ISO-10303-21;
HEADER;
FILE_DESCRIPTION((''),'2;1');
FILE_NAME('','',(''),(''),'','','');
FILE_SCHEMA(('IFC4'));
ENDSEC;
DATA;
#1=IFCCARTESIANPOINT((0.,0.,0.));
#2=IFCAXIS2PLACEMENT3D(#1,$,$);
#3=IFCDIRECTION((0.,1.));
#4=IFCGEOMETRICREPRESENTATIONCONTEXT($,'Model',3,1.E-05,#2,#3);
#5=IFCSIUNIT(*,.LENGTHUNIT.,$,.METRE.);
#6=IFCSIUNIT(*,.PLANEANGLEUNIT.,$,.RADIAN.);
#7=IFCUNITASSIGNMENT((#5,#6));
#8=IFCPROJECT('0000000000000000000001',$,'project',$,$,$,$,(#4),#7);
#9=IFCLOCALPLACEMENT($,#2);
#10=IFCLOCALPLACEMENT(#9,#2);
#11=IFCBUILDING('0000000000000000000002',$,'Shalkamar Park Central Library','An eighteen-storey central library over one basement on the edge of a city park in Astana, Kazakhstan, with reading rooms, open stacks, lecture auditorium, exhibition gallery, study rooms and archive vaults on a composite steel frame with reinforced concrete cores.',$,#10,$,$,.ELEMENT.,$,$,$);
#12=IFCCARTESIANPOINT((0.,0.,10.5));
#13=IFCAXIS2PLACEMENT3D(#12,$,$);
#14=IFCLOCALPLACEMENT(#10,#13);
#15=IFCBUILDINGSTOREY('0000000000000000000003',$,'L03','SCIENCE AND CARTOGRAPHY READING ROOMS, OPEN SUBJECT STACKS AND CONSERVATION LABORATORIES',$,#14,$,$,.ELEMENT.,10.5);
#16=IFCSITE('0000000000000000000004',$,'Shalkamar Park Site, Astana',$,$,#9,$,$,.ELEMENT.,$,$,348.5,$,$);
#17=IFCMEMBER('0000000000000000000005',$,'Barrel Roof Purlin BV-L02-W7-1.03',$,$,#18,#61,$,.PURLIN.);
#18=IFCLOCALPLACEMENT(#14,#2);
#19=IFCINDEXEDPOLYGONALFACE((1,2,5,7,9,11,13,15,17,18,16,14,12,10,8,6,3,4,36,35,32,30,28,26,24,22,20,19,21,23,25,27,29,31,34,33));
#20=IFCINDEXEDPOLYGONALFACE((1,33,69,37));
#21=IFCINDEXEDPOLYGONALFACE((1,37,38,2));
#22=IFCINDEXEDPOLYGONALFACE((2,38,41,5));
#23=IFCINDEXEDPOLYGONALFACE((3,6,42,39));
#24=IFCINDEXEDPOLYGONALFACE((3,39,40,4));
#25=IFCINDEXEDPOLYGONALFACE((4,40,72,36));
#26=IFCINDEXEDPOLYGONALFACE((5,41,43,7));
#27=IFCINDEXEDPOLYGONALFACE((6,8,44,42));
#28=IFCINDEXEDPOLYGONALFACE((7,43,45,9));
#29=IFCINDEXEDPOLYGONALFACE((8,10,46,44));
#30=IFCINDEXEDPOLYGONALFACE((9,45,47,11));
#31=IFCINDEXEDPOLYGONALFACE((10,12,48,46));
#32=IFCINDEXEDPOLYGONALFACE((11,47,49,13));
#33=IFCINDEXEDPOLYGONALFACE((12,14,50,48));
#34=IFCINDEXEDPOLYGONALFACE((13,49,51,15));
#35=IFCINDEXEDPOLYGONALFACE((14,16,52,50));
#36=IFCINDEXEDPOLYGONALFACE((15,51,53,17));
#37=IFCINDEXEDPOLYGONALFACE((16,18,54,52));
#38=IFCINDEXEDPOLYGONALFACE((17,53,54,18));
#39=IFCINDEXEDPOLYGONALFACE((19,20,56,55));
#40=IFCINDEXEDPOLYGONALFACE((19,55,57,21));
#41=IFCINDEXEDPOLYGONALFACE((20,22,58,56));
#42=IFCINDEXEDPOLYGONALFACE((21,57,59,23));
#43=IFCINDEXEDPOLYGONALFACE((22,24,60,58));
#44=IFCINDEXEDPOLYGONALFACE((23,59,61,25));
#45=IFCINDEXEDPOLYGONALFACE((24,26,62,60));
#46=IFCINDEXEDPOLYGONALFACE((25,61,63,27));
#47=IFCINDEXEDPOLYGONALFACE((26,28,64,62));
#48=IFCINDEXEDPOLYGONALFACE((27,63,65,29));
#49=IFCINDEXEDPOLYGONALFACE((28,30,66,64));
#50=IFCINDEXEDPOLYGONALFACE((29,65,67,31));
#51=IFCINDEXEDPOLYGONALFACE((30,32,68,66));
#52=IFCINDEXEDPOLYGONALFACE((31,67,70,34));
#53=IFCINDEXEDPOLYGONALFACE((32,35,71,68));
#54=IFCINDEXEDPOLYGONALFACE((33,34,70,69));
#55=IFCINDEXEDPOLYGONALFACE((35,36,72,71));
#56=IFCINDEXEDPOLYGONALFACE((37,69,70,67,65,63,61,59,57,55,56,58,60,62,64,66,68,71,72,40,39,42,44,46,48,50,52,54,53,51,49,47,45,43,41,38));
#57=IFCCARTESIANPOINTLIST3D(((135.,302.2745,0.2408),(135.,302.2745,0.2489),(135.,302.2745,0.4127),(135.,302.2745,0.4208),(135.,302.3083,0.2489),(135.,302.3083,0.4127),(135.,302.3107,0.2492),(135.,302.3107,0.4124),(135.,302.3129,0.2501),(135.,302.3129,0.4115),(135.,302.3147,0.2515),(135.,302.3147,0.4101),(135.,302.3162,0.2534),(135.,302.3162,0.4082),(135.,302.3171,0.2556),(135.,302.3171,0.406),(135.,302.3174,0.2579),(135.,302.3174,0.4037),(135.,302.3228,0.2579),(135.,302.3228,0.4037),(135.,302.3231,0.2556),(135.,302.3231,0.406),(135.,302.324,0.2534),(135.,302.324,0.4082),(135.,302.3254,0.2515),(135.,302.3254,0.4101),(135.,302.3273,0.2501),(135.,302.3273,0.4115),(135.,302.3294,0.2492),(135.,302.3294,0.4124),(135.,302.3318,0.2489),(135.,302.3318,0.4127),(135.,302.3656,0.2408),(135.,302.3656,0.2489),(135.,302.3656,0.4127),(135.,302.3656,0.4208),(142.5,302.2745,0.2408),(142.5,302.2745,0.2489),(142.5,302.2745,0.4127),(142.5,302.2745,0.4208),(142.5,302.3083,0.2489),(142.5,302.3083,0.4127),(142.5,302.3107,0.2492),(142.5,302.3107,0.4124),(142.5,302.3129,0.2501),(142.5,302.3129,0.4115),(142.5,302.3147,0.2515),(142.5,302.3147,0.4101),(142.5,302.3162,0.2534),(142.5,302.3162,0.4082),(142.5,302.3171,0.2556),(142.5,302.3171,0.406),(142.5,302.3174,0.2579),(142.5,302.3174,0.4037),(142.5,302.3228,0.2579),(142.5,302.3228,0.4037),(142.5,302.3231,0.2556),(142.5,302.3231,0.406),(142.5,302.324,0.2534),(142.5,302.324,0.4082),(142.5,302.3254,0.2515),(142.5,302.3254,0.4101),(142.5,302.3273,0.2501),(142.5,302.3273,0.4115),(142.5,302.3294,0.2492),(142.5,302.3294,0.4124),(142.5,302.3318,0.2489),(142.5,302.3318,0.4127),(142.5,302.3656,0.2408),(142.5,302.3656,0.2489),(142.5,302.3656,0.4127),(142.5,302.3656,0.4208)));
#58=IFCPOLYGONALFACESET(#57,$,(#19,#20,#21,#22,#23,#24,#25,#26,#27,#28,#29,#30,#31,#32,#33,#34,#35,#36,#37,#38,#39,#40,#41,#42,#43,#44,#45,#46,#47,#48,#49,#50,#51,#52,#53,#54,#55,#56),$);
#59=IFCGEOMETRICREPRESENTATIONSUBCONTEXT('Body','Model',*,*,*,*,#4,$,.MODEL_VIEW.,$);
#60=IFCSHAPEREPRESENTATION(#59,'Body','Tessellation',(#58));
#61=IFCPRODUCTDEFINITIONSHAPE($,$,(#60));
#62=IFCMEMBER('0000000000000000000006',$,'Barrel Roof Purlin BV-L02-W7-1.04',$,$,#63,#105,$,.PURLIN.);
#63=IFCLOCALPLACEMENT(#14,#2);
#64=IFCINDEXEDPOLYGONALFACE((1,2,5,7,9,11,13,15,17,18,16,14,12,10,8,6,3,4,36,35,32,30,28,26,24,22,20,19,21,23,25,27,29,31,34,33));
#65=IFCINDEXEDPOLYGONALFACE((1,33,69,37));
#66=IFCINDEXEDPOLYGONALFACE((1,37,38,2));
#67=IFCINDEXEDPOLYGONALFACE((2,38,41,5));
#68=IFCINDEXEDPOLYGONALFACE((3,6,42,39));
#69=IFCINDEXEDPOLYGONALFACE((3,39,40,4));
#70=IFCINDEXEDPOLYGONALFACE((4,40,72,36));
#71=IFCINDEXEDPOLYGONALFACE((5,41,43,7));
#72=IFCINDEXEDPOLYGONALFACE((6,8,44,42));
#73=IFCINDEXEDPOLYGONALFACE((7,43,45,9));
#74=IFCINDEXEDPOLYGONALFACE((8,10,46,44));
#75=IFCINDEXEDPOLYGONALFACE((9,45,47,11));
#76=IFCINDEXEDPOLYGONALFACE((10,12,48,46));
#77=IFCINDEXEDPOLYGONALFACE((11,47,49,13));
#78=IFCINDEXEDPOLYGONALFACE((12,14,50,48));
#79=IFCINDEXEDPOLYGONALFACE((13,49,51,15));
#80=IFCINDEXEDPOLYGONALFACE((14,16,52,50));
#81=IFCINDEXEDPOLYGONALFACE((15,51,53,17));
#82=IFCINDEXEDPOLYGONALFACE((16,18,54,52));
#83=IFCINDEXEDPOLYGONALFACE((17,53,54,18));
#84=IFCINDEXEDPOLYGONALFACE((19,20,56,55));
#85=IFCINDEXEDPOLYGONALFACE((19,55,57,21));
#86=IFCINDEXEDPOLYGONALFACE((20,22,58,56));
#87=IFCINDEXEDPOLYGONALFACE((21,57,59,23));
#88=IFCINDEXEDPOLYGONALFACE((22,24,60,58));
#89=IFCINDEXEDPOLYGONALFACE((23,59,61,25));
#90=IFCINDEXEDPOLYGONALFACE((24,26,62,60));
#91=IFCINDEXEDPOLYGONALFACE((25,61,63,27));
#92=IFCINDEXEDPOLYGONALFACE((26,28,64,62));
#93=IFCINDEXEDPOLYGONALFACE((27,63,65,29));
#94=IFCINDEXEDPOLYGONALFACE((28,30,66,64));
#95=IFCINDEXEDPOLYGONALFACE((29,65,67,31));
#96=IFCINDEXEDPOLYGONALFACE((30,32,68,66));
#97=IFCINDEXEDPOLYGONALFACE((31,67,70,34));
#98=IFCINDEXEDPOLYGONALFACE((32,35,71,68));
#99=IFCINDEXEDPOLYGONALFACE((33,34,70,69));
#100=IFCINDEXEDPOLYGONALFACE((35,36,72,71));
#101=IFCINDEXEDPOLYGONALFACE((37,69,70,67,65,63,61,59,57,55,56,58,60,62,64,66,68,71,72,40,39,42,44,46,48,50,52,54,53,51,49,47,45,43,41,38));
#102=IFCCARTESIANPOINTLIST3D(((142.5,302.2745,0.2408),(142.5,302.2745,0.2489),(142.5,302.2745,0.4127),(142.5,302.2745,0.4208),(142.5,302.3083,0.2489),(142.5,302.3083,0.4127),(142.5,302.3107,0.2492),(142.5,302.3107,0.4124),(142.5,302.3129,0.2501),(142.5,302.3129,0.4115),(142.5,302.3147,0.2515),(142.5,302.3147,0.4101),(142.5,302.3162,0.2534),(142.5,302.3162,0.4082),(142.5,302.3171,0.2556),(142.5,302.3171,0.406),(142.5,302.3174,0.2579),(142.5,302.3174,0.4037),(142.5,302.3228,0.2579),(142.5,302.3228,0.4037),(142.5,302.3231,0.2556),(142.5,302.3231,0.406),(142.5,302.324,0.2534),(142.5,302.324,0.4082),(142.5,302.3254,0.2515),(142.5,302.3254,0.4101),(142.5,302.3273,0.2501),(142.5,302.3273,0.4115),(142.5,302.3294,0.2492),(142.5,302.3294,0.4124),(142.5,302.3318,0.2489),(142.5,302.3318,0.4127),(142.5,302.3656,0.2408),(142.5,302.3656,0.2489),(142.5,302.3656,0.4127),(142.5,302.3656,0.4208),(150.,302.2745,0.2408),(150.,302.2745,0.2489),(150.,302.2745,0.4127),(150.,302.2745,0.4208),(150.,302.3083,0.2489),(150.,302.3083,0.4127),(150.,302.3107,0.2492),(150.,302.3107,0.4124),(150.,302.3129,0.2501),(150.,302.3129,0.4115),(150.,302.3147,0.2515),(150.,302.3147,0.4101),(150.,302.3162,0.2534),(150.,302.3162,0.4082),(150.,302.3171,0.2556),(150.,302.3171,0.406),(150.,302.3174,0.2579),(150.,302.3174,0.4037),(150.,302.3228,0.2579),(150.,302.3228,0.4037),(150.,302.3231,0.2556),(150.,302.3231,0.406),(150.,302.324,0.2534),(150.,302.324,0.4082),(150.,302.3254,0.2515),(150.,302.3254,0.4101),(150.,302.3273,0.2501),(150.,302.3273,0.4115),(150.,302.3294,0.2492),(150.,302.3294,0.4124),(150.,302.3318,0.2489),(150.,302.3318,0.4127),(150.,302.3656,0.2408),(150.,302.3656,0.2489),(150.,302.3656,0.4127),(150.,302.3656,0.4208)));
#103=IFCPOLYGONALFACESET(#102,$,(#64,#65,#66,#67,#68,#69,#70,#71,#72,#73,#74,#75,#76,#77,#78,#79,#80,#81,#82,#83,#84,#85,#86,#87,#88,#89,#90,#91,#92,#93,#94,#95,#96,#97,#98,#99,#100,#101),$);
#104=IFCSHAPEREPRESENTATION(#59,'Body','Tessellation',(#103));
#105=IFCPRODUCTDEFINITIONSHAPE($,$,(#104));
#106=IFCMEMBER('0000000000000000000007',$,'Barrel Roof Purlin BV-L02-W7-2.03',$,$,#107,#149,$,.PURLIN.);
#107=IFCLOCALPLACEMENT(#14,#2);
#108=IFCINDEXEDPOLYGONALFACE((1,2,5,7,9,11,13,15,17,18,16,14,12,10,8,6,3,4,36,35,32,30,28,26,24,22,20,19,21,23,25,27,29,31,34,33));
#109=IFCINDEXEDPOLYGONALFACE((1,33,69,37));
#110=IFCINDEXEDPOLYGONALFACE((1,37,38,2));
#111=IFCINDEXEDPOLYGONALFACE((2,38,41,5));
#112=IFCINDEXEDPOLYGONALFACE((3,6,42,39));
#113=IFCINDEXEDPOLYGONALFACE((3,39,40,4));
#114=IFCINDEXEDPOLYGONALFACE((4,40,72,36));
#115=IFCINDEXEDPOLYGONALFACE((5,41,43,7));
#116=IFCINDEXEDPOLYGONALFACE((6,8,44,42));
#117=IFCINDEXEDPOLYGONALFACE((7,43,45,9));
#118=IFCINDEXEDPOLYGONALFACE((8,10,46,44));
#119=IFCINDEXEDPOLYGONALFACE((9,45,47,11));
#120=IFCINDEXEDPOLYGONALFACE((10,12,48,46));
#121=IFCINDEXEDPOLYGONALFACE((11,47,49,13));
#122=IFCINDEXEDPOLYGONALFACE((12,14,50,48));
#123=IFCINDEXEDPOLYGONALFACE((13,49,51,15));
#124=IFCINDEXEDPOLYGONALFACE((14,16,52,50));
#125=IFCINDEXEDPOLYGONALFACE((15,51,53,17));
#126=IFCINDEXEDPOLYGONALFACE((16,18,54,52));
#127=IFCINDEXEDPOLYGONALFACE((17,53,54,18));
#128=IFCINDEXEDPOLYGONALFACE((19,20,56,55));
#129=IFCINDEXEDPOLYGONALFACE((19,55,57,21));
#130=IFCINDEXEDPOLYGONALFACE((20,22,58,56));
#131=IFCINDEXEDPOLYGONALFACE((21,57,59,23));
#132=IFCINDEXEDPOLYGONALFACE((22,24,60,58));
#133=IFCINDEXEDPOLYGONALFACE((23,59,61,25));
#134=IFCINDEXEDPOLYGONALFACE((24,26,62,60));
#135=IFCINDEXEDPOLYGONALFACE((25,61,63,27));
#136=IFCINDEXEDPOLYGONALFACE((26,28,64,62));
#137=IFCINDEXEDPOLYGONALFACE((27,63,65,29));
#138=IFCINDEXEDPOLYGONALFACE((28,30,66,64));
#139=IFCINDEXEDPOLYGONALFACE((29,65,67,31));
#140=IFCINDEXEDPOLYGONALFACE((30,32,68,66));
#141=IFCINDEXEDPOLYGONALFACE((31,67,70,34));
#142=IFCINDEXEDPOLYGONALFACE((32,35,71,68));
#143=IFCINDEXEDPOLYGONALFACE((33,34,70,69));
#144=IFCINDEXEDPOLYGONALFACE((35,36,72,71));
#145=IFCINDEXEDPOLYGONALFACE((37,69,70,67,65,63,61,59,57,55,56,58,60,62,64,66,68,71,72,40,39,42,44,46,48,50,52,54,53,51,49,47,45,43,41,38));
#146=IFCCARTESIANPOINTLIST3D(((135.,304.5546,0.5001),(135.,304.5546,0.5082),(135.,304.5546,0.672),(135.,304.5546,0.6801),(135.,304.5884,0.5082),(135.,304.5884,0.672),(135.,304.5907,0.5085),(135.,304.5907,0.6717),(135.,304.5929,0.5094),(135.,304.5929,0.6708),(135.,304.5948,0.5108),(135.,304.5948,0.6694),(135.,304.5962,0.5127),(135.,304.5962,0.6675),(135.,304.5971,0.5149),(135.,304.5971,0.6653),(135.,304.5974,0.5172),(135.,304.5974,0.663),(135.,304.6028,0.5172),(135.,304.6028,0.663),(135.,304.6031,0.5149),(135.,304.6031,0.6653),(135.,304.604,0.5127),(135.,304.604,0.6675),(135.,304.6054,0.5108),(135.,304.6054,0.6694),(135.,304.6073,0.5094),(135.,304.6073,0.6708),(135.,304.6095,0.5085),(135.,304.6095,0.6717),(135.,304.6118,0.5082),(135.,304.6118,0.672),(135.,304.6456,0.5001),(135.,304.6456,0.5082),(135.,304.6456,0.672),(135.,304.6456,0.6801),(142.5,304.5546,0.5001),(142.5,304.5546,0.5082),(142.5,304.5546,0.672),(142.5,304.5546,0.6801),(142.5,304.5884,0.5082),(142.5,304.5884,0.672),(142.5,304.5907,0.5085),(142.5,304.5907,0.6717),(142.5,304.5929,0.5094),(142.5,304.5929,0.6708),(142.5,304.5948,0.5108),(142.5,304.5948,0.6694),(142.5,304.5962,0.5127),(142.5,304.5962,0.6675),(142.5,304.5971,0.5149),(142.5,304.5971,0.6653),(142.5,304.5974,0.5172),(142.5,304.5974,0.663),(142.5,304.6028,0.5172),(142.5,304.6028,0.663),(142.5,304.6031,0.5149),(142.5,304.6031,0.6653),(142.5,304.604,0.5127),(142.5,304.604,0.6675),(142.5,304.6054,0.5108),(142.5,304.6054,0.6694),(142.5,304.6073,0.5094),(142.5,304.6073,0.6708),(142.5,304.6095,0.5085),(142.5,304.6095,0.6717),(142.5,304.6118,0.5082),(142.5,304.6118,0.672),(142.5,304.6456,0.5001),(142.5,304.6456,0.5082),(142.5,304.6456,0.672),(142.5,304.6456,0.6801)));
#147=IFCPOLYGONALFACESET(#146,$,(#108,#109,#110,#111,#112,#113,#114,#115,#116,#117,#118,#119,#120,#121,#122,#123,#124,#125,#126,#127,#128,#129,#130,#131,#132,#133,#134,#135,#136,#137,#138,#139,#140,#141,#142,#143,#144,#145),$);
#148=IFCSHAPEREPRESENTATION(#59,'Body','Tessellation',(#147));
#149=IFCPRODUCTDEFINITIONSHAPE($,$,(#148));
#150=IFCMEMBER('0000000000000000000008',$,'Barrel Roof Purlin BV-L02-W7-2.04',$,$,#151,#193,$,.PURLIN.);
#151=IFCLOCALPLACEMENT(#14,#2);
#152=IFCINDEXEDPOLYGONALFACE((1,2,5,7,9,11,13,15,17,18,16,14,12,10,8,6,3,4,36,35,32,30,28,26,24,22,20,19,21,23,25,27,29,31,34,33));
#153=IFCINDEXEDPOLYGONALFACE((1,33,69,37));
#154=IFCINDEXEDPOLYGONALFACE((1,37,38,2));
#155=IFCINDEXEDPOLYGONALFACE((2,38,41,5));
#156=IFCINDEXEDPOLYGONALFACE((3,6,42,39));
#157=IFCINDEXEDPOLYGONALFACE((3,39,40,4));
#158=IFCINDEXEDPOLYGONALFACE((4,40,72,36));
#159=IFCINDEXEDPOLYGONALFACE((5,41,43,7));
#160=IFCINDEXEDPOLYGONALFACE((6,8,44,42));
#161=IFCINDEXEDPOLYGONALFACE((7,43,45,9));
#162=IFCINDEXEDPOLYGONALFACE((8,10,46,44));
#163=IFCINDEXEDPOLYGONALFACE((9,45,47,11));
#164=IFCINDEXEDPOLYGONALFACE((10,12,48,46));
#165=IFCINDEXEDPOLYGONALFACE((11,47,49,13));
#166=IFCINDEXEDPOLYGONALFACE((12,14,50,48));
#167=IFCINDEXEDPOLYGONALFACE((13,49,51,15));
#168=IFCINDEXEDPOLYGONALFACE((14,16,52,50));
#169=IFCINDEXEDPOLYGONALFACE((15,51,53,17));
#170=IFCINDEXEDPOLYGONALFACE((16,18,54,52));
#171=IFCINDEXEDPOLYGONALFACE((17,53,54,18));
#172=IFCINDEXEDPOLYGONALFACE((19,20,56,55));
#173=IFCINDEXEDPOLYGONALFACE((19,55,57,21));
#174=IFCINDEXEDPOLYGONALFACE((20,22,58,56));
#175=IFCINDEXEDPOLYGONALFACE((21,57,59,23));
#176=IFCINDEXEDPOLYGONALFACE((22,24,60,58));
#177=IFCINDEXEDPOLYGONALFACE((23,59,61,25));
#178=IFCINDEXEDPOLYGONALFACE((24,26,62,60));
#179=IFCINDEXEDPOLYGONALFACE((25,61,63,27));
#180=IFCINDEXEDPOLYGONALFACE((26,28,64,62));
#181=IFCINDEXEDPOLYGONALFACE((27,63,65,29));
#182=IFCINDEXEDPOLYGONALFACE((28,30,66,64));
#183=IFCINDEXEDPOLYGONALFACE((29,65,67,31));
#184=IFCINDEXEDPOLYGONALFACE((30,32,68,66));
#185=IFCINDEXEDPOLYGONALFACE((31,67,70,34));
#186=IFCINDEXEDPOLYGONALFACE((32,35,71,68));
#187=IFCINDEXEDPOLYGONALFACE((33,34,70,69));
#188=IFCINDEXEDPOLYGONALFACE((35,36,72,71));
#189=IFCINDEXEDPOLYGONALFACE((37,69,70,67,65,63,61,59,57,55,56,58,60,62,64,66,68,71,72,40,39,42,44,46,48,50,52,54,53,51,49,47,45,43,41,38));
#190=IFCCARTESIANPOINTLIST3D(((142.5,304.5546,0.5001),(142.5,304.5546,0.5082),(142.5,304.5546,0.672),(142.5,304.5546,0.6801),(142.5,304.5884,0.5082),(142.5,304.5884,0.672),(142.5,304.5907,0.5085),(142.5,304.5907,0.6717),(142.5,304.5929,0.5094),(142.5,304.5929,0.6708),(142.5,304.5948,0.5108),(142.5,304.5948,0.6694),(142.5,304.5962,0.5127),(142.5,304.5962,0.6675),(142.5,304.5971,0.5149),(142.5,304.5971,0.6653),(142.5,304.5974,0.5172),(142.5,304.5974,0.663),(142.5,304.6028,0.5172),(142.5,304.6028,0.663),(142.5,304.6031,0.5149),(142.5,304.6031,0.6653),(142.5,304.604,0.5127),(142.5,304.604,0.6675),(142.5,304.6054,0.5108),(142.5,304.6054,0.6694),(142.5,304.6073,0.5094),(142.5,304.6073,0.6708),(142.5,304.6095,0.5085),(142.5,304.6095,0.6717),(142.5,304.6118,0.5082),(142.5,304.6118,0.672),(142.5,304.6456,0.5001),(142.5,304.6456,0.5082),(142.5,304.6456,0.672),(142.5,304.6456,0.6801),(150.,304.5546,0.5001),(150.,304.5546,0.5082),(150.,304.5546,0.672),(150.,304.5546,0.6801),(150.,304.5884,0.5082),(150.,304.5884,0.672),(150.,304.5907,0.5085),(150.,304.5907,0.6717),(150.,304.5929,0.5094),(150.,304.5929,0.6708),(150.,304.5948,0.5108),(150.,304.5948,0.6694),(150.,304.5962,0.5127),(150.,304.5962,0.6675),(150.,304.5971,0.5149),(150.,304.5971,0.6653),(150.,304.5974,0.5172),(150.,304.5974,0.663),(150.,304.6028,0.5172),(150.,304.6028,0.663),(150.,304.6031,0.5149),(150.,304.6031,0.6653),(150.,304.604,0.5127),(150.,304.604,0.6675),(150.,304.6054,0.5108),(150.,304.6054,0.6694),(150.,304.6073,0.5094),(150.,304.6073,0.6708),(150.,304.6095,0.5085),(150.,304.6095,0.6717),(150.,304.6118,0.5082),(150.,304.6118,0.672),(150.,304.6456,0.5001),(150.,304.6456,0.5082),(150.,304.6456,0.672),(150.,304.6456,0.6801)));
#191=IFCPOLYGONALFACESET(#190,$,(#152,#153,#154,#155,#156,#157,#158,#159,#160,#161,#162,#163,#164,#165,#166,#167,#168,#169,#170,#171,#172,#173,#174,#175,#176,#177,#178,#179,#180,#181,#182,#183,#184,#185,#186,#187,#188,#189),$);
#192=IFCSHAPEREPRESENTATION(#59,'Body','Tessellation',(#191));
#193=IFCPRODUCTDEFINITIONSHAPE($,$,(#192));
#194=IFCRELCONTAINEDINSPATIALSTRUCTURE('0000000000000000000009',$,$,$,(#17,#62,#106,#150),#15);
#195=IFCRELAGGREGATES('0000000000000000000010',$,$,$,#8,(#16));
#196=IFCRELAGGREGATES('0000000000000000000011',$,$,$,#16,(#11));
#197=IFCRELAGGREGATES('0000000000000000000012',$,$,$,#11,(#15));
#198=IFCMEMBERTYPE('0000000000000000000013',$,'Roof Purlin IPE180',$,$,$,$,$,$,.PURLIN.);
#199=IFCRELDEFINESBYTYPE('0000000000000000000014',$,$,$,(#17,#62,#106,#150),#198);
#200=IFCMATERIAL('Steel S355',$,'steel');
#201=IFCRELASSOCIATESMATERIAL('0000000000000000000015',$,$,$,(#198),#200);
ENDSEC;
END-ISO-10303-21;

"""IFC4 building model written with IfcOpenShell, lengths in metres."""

from ifc_helpers import new_model, si_unit, direction, frame, origin, origin_2d, place, context, subcontext, project, spatial, i_section, extrude, material, material_profile, profile_set, type_object, element, save


model = new_model("IFC4")

# Units and contexts
model_context = context("Model", 3, precision=1e-05, world=origin(), true_north=direction((0.0, 1.0)))
body_context = subcontext(model_context, "Body", "Model", "MODEL_VIEW")
ifc_project = project(units=[si_unit("LENGTHUNIT", "METRE"), si_unit("PLANEANGLEUNIT", "RADIAN")], contexts=[model_context])

# Site, building, storey
site_placement = place(None, origin())
site = spatial("IfcSite", under=ifc_project, at=site_placement, Name="Shalkamar Park Site, Astana", CompositionType="ELEMENT", RefElevation=348.5)
building_placement = place(site_placement, origin())
building = spatial("IfcBuilding", under=site, at=building_placement, Name="Shalkamar Park Central Library", Description="An eighteen-storey central library over one basement on the edge of a city park in Astana, Kazakhstan, with reading rooms, open stacks, lecture auditorium, exhibition gallery, study rooms and archive vaults on a composite steel frame with reinforced concrete cores.", CompositionType="ELEMENT")
storey_placement = place(building_placement, frame((0.0, 0.0, 10.5)))
storey = spatial("IfcBuildingStorey", under=building, at=storey_placement, Name="L03", Description="SCIENCE AND CARTOGRAPHY READING ROOMS, OPEN SUBJECT STACKS AND CONSERVATION LABORATORIES", CompositionType="ELEMENT", Elevation=10.5)

# Shared definitions
ifc_material_1 = material(Name="Steel S355", Category="steel")

# Members
ifc_material_profile_1 = material_profile(ifc_material_1, i_section(OverallWidth=0.0911, OverallDepth=0.1799, WebThickness=0.0054, FlangeThickness=0.0081, FilletRadius=0.009, at=origin_2d()), Name="IPE 180")
ifc_profile_set_1 = profile_set([ifc_material_profile_1], Name="Steel S355")
member_type_1 = type_object("IfcMemberType", Name="Roof Purlin IPE180", PredefinedType="PURLIN", material=ifc_profile_set_1)
for number, where, z_axis, x_axis, name in (
    (1, (135.0, 302.3201, 0.3308), (1.0, 0.0, 0.0), (0.0, 1.0, 0.0), "Barrel Roof Purlin BV-L02-W7-1.03"),
    (2, (142.5, 302.3201, 0.3308), (1.0, 0.0, 0.0), (0.0, 1.0, 0.0), "Barrel Roof Purlin BV-L02-W7-1.04"),
    (3, (135.0, 304.6001, 0.5901), (1.0, 0.0, 0.0), (0.0, 1.0, 0.0), "Barrel Roof Purlin BV-L02-W7-2.03"),
    (4, (142.5, 304.6001, 0.5901), (1.0, 0.0, 0.0), (0.0, 1.0, 0.0), "Barrel Roof Purlin BV-L02-W7-2.04"),
):
    element("IfcMember", number, at=place(storey_placement, frame(where, z_axis=z_axis, x_axis=x_axis)), inside=storey, type_object=member_type_1, Name=name, PredefinedType="PURLIN", context=body_context, shape_type="SweptSolid", body=[
        extrude(i_section(OverallWidth=0.0911, OverallDepth=0.1799, WebThickness=0.0054, FlangeThickness=0.0081, FilletRadius=0.009, at=origin_2d()), origin(), (0.0, 0.0, 1.0), 7.5),
    ])

save(model, "model.ifc")
